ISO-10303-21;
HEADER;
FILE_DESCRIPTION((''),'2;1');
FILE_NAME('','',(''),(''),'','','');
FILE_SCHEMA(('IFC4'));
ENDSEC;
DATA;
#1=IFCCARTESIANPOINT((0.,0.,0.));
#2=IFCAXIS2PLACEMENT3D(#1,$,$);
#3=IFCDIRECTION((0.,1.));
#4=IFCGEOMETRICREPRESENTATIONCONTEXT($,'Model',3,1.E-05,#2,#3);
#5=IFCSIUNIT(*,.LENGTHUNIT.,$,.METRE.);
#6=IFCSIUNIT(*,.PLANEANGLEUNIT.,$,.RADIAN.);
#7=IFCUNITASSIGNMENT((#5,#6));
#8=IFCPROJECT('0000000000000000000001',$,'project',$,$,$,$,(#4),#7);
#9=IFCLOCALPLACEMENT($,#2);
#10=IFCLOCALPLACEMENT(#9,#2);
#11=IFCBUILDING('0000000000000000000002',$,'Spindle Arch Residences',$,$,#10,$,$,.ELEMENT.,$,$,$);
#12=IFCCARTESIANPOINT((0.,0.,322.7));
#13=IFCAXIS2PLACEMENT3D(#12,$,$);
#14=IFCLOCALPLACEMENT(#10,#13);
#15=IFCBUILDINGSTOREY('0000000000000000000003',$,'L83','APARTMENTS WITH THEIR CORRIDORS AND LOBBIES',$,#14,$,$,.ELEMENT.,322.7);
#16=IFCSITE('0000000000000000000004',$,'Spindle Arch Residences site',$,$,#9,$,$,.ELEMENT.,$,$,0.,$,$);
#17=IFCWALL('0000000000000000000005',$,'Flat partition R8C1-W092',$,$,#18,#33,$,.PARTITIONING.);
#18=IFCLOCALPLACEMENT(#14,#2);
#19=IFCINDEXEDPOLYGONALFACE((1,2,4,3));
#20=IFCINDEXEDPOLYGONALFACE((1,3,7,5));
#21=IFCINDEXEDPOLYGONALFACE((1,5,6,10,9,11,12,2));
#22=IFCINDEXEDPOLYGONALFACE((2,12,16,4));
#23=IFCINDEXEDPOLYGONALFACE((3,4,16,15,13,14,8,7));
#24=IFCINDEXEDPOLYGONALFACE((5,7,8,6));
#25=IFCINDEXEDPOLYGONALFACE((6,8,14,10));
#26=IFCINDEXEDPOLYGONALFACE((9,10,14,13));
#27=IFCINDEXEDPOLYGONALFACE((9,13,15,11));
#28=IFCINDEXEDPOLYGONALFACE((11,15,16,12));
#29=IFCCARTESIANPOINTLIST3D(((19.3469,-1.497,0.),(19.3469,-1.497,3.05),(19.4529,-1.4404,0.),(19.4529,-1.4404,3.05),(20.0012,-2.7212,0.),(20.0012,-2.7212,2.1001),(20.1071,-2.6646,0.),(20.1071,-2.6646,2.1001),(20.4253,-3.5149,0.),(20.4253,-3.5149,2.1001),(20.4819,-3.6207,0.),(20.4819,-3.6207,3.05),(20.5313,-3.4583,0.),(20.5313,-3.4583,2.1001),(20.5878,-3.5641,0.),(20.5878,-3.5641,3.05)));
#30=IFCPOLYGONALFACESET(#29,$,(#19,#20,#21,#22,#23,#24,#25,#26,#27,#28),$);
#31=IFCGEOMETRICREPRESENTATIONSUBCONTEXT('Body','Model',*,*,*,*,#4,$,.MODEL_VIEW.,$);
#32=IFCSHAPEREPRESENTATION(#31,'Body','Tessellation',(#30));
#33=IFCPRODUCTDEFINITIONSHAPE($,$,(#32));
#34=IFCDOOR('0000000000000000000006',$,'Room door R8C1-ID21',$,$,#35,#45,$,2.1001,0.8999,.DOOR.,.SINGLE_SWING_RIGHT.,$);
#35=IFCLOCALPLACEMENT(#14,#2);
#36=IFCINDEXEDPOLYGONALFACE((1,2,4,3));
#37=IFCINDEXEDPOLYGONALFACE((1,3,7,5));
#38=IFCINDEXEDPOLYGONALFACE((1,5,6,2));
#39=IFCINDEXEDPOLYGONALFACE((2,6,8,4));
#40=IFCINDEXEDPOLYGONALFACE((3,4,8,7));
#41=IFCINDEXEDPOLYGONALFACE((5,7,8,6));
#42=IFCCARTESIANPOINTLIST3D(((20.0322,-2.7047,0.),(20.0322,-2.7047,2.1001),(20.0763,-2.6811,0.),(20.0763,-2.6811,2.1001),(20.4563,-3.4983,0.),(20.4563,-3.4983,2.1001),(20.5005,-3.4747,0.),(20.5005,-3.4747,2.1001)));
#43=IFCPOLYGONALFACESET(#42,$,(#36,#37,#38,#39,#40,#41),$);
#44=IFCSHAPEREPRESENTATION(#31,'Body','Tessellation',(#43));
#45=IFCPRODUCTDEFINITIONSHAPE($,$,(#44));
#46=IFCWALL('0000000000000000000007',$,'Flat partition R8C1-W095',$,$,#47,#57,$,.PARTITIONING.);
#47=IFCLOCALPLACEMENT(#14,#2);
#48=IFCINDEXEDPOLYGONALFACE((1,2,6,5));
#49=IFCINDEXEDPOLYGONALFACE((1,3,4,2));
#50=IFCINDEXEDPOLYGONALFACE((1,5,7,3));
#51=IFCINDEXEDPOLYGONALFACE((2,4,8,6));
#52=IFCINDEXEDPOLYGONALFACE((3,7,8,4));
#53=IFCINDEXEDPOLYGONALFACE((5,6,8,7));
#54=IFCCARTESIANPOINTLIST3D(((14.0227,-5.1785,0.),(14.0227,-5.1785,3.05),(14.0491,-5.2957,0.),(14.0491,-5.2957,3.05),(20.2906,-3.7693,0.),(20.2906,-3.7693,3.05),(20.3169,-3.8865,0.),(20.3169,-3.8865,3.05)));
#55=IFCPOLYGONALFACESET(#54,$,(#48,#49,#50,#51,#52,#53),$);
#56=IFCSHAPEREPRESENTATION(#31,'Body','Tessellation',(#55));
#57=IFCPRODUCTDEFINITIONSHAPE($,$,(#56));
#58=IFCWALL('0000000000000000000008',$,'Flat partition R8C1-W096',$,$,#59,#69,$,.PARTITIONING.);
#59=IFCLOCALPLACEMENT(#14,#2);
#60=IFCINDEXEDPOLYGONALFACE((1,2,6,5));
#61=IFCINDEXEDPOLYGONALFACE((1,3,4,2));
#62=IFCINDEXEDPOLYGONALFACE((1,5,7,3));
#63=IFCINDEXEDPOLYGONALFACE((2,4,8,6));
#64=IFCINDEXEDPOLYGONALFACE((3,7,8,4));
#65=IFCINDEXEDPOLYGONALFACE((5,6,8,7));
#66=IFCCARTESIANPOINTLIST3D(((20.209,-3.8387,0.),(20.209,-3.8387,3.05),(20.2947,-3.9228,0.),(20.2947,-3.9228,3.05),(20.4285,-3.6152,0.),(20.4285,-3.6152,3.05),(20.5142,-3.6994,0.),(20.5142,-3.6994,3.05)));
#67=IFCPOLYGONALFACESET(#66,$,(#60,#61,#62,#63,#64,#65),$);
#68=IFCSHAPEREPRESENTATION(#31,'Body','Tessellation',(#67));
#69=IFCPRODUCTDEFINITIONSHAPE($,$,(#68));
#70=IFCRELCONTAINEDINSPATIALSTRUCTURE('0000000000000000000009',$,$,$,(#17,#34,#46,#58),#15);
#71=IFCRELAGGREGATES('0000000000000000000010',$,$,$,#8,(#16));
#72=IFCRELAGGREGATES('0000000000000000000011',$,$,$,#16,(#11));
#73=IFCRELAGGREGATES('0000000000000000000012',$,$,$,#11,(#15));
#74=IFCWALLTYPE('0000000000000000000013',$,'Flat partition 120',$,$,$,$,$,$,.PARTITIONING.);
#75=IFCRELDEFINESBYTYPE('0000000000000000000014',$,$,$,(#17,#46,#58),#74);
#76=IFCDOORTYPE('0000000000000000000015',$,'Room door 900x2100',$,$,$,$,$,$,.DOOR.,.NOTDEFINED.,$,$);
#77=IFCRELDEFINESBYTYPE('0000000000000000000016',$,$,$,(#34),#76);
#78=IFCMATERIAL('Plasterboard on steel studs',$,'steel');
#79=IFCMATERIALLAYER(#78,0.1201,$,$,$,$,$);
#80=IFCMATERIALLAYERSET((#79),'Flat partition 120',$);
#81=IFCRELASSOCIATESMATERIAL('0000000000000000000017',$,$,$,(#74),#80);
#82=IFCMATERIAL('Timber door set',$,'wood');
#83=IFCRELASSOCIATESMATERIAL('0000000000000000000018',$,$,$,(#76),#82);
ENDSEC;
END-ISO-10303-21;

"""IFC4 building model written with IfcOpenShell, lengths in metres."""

from ifc_helpers import new_model, si_unit, direction, frame, frame_2d, origin, place, context, subcontext, project, spatial, rectangle, extrude, material, layer, layer_set, type_object, element, fill, save


model = new_model("IFC4")

# Units and contexts
model_context = context("Model", 3, precision=1e-05, world=origin(), true_north=direction((0.0, 1.0)))
body_context = subcontext(model_context, "Body", "Model", "MODEL_VIEW")
ifc_project = project(units=[si_unit("LENGTHUNIT", "METRE"), si_unit("PLANEANGLEUNIT", "RADIAN")], contexts=[model_context])

# Site, building, storey
site_placement = place(None, origin())
site = spatial("IfcSite", under=ifc_project, at=site_placement, Name="Spindle Arch Residences site", CompositionType="ELEMENT", RefElevation=0.0)
building_placement = place(site_placement, origin())
building = spatial("IfcBuilding", under=site, at=building_placement, Name="Spindle Arch Residences", CompositionType="ELEMENT")
storey_placement = place(building_placement, frame((0.0, 0.0, 322.7)))
storey = spatial("IfcBuildingStorey", under=building, at=storey_placement, Name="L83", Description="APARTMENTS WITH THEIR CORRIDORS AND LOBBIES", CompositionType="ELEMENT", Elevation=322.7)

# Wall, opening, door
ifc_material_1 = material(Name="Plasterboard on steel studs", Category="steel")
ifc_layer_1 = layer(ifc_material_1, 0.1201)
ifc_layer_set_1 = layer_set([ifc_layer_1], Name="Flat partition 120")
wall_type_1 = type_object("IfcWallType", Name="Flat partition 120", PredefinedType="PARTITIONING", material=ifc_layer_set_1)
wall_1_placement = place(storey_placement, frame((20.5349, -3.5925, 0.0), z_axis=(0.0, 0.0, 1.0), x_axis=(-0.471341, 0.881951, 0.0)))
wall_1 = element("IfcWall", 1, at=wall_1_placement, inside=storey, type_object=wall_type_1, Name="Flat partition R8C1-W092", PredefinedType="PARTITIONING", context=body_context, shape_type="SweptSolid", body=[
    extrude(rectangle(XDim=2.408, YDim=0.1201, at=frame_2d((1.2041, 0.0))), origin(), (0.0, 0.0, 1.0), 3.05),
])
opening_1_placement = place(wall_1_placement, frame((0.1201, 0.0, 0.0)))
opening_1 = element("IfcOpeningElement", 2, at=opening_1_placement, cuts=wall_1, PredefinedType="OPENING", context=body_context, shape_type="SweptSolid", body=[
    extrude(rectangle(XDim=0.8999, YDim=2.1001, at=frame_2d((0.45, 1.05))), frame((0.0, 0.0701, 0.0), z_axis=(0.0, -1.0, 0.0), x_axis=(1.0, 0.0, 0.0)), (0.0, 0.0, 1.0), 0.1401),
])
ifc_material_2 = material(Name="Timber door set", Category="wood")
door_type_1 = type_object("IfcDoorType", Name="Room door 900x2100", OperationType="NOTDEFINED", PredefinedType="DOOR", material=ifc_material_2)
door_1_placement = place(opening_1_placement, origin())
door_1 = element("IfcDoor", 3, at=door_1_placement, inside=storey, type_object=door_type_1, Name="Room door R8C1-ID21", OperationType="SINGLE_SWING_RIGHT", OverallHeight=2.1001, OverallWidth=0.8999, PredefinedType="DOOR", context=body_context, shape_type="SweptSolid", body=[
    extrude(rectangle(XDim=0.8999, YDim=2.1001, at=frame_2d((0.45, 1.05))), frame((0.0, 0.0249, 0.0), z_axis=(0.0, -1.0, 0.0), x_axis=(1.0, 0.0, 0.0)), (0.0, 0.0, 1.0), 0.05),
])
fill(opening_1, door_1)

# Walls
wall_2_placement = place(storey_placement, frame((14.0359, -5.2371, 0.0), z_axis=(0.0, 0.0, 1.0), x_axis=(0.975646, 0.219352, 0.0)))
element("IfcWall", 4, at=wall_2_placement, inside=storey, type_object=wall_type_1, Name="Flat partition R8C1-W095", PredefinedType="PARTITIONING", context=body_context, shape_type="SweptSolid", body=[
    extrude(rectangle(XDim=6.4243, YDim=0.1201, at=frame_2d((3.2122, 0.0))), origin(), (0.0, 0.0, 1.0), 3.05),
])
wall_3_placement = place(storey_placement, frame((20.4714, -3.6572, 0.0), z_axis=(0.0, 0.0, 1.0), x_axis=(-0.700843, -0.713316, 0.0)))
element("IfcWall", 5, at=wall_3_placement, inside=storey, type_object=wall_type_1, Name="Flat partition R8C1-W096", PredefinedType="PARTITIONING", context=body_context, shape_type="SweptSolid", body=[
    extrude(rectangle(XDim=0.3132, YDim=0.1201, at=frame_2d((0.1567, 0.0))), origin(), (0.0, 0.0, 1.0), 3.05),
])

save(model, "model.ifc")
